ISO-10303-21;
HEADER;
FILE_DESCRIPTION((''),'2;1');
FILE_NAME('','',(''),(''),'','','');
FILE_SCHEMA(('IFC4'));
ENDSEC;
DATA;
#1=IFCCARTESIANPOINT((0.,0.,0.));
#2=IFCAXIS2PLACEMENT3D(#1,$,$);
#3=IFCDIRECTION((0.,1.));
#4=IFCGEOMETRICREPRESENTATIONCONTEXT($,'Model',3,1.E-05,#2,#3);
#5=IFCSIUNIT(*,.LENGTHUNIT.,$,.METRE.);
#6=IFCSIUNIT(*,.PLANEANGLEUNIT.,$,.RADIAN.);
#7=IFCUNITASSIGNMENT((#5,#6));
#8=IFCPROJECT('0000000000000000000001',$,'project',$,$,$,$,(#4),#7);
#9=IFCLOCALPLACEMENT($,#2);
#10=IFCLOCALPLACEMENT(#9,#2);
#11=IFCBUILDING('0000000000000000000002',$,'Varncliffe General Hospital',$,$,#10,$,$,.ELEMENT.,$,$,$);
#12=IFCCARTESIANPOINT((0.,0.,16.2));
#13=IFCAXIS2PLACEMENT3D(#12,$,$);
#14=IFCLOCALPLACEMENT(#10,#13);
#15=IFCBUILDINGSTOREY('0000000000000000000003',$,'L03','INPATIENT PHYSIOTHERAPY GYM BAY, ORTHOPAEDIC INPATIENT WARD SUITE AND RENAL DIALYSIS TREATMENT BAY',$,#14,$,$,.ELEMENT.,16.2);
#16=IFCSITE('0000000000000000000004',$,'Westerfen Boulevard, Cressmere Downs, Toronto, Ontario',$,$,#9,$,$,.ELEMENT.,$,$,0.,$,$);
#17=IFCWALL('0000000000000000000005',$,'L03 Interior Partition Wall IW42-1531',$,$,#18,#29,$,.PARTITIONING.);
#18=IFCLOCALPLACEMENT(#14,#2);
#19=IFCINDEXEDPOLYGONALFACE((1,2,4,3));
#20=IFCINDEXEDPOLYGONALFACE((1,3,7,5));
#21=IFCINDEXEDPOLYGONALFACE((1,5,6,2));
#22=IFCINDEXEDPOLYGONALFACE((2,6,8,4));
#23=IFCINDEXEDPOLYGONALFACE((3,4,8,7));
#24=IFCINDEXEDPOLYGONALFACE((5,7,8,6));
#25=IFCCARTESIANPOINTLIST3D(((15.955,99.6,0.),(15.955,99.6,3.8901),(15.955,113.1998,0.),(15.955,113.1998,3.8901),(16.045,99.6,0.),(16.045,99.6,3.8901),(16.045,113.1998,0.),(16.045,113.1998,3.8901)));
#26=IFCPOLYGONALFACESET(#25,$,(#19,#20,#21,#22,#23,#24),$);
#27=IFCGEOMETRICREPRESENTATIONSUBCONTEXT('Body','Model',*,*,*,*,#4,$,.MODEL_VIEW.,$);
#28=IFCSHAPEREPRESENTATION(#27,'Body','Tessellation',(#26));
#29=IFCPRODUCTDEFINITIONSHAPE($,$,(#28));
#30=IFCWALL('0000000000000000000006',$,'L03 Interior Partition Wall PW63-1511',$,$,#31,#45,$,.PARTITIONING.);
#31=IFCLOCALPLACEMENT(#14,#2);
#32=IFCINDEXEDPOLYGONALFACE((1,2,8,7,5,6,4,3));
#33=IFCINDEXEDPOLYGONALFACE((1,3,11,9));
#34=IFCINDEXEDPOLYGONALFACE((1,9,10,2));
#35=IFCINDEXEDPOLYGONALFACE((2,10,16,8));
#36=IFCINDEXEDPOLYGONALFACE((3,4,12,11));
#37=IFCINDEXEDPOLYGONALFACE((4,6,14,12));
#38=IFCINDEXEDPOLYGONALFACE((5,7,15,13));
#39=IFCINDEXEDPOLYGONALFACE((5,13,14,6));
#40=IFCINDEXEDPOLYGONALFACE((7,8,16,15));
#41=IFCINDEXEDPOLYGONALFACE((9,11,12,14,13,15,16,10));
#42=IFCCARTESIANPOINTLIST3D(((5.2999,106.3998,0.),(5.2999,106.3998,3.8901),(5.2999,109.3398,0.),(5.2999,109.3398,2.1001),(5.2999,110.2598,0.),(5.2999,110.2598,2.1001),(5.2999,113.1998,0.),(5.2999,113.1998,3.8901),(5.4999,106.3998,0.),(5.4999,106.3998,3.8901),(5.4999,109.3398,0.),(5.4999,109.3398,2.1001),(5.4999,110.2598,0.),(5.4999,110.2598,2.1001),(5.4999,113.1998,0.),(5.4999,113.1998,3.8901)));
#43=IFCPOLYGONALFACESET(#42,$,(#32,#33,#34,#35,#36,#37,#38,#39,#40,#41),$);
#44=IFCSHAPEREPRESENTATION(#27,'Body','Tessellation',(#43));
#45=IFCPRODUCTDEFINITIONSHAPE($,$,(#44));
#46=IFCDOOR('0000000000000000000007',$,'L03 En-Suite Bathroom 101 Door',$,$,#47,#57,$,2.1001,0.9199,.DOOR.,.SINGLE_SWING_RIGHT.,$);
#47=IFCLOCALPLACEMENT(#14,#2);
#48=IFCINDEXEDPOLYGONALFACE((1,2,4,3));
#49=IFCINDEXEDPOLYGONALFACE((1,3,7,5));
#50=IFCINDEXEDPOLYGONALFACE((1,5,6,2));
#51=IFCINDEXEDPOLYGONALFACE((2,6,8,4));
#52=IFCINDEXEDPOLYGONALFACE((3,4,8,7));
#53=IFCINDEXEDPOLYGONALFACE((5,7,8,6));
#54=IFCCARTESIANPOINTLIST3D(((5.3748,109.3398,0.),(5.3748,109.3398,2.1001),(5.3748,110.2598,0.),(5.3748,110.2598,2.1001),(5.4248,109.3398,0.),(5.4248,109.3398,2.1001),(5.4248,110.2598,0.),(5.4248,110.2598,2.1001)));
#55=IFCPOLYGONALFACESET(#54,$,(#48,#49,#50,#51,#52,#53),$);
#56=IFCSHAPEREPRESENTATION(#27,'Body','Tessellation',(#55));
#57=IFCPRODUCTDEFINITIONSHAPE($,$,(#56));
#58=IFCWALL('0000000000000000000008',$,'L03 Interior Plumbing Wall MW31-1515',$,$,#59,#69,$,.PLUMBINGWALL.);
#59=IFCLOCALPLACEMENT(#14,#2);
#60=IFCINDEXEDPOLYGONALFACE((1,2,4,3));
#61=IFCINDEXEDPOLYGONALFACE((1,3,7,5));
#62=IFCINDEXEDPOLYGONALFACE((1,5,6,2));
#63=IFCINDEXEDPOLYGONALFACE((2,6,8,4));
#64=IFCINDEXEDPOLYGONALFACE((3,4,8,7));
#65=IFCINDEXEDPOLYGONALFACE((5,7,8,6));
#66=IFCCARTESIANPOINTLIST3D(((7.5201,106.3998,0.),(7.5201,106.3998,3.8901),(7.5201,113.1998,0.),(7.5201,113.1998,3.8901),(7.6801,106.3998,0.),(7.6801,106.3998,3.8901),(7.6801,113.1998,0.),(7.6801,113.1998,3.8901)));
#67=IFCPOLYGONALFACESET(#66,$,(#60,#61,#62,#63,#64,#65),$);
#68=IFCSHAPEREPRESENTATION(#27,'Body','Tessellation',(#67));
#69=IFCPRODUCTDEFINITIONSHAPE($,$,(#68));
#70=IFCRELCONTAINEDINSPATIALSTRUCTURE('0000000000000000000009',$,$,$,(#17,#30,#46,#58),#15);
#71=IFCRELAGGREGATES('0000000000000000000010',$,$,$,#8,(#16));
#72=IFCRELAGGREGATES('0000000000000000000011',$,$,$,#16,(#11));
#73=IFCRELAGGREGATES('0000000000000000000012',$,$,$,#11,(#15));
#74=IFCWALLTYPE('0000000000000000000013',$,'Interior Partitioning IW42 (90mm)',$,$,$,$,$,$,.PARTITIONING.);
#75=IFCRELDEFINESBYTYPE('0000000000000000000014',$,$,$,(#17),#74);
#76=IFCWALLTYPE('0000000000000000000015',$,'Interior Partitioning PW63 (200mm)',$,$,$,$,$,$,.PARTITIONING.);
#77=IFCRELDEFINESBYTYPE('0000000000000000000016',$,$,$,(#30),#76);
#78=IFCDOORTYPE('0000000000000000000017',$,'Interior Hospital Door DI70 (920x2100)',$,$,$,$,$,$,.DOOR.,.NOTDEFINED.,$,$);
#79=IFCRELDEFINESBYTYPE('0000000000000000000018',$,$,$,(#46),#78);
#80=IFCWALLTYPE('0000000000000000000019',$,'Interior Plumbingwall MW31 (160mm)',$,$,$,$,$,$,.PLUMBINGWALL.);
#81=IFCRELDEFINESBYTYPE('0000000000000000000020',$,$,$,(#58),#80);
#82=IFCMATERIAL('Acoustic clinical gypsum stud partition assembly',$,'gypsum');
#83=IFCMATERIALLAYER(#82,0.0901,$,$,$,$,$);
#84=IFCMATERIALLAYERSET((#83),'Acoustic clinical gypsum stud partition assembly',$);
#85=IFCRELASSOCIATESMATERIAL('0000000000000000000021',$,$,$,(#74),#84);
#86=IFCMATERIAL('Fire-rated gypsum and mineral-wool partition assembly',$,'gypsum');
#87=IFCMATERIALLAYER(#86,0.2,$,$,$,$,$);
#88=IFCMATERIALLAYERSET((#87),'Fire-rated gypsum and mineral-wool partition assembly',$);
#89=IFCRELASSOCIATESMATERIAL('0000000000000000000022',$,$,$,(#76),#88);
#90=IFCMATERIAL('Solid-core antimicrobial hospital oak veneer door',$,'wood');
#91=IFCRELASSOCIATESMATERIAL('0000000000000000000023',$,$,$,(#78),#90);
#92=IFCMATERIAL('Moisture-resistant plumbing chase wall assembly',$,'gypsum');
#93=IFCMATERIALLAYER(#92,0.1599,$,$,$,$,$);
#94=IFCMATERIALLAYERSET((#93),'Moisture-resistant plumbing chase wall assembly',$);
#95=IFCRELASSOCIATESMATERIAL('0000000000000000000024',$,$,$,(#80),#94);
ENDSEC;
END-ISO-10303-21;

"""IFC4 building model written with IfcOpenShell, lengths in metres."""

from ifc_helpers import new_model, si_unit, direction, frame, frame_2d, origin, place, context, subcontext, project, spatial, rectangle, extrude, material, layer, layer_set, type_object, element, fill, save


model = new_model("IFC4")

# Units and contexts
model_context = context("Model", 3, precision=1e-05, world=origin(), true_north=direction((0.0, 1.0)))
body_context = subcontext(model_context, "Body", "Model", "MODEL_VIEW")
ifc_project = project(units=[si_unit("LENGTHUNIT", "METRE"), si_unit("PLANEANGLEUNIT", "RADIAN")], contexts=[model_context])

# Site, building, storey
site_placement = place(None, origin())
site = spatial("IfcSite", under=ifc_project, at=site_placement, Name="Westerfen Boulevard, Cressmere Downs, Toronto, Ontario", CompositionType="ELEMENT", RefElevation=0.0)
building_placement = place(site_placement, origin())
building = spatial("IfcBuilding", under=site, at=building_placement, Name="Varncliffe General Hospital", CompositionType="ELEMENT")
storey_placement = place(building_placement, frame((0.0, 0.0, 16.2)))
storey = spatial("IfcBuildingStorey", under=building, at=storey_placement, Name="L03", Description="INPATIENT PHYSIOTHERAPY GYM BAY, ORTHOPAEDIC INPATIENT WARD SUITE AND RENAL DIALYSIS TREATMENT BAY", CompositionType="ELEMENT", Elevation=16.2)

# Wall
ifc_material_1 = material(Name="Acoustic clinical gypsum stud partition assembly", Category="gypsum")
ifc_layer_1 = layer(ifc_material_1, 0.0901)
ifc_layer_set_1 = layer_set([ifc_layer_1], Name="Acoustic clinical gypsum stud partition assembly")
wall_type_1 = type_object("IfcWallType", Name="Interior Partitioning IW42 (90mm)", PredefinedType="PARTITIONING", material=ifc_layer_set_1)
wall_1_placement = place(storey_placement, frame((16.0, 99.6001, 0.0), z_axis=(0.0, 0.0, 1.0), x_axis=(0.0, 1.0, 0.0)))
element("IfcWall", 1, at=wall_1_placement, inside=storey, type_object=wall_type_1, Name="L03 Interior Partition Wall IW42-1531", PredefinedType="PARTITIONING", context=body_context, shape_type="SweptSolid", body=[
    extrude(rectangle(XDim=13.5999, YDim=0.0901, at=frame_2d((6.7998, 0.0))), origin(), (0.0, 0.0, 1.0), 3.8901),
])

# Wall, opening, door
ifc_material_2 = material(Name="Fire-rated gypsum and mineral-wool partition assembly", Category="gypsum")
ifc_layer_2 = layer(ifc_material_2, 0.2)
ifc_layer_set_2 = layer_set([ifc_layer_2], Name="Fire-rated gypsum and mineral-wool partition assembly")
wall_type_2 = type_object("IfcWallType", Name="Interior Partitioning PW63 (200mm)", PredefinedType="PARTITIONING", material=ifc_layer_set_2)
wall_2_placement = place(storey_placement, frame((5.3999, 106.3999, 0.0), z_axis=(0.0, 0.0, 1.0), x_axis=(0.0, 1.0, 0.0)))
wall_2 = element("IfcWall", 2, at=wall_2_placement, inside=storey, type_object=wall_type_2, Name="L03 Interior Partition Wall PW63-1511", PredefinedType="PARTITIONING", context=body_context, shape_type="SweptSolid", body=[
    extrude(rectangle(XDim=6.8, YDim=0.2, at=frame_2d((3.3999, 0.0))), origin(), (0.0, 0.0, 1.0), 3.8901),
])
opening_placement = place(wall_2_placement, frame((2.9399, 0.0, 0.0)))
opening = element("IfcOpeningElement", 3, at=opening_placement, cuts=wall_2, PredefinedType="OPENING", context=body_context, shape_type="SweptSolid", body=[
    extrude(rectangle(XDim=0.9199, YDim=2.1001, at=frame_2d((0.46, 1.05))), frame((0.0, 0.1099, 0.0), z_axis=(0.0, -1.0, 0.0), x_axis=(1.0, 0.0, 0.0)), (0.0, 0.0, 1.0), 0.22),
])
ifc_material_3 = material(Name="Solid-core antimicrobial hospital oak veneer door", Category="wood")
door_type = type_object("IfcDoorType", Name="Interior Hospital Door DI70 (920x2100)", OperationType="NOTDEFINED", PredefinedType="DOOR", material=ifc_material_3)
door_placement = place(opening_placement, frame((0.9199, 0.0, 0.0), z_axis=(0.0, 0.0, 1.0), x_axis=(-1.0, 0.0, 0.0)))
door = element("IfcDoor", 4, at=door_placement, inside=storey, type_object=door_type, Name="L03 En-Suite Bathroom 101 Door", OperationType="SINGLE_SWING_RIGHT", OverallHeight=2.1001, OverallWidth=0.9199, PredefinedType="DOOR", context=body_context, shape_type="SweptSolid", body=[
    extrude(rectangle(XDim=0.9199, YDim=2.1001, at=frame_2d((0.46, 1.05))), frame((0.0, 0.0249, 0.0), z_axis=(0.0, -1.0, 0.0), x_axis=(1.0, 0.0, 0.0)), (0.0, 0.0, 1.0), 0.05),
])
fill(opening, door)

# Wall
ifc_material_4 = material(Name="Moisture-resistant plumbing chase wall assembly", Category="gypsum")
ifc_layer_3 = layer(ifc_material_4, 0.1599)
ifc_layer_set_3 = layer_set([ifc_layer_3], Name="Moisture-resistant plumbing chase wall assembly")
wall_type_3 = type_object("IfcWallType", Name="Interior Plumbingwall MW31 (160mm)", PredefinedType="PLUMBINGWALL", material=ifc_layer_set_3)
wall_3_placement = place(storey_placement, frame((7.6001, 106.3999, 0.0), z_axis=(0.0, 0.0, 1.0), x_axis=(0.0, 1.0, 0.0)))
element("IfcWall", 5, at=wall_3_placement, inside=storey, type_object=wall_type_3, Name="L03 Interior Plumbing Wall MW31-1515", PredefinedType="PLUMBINGWALL", context=body_context, shape_type="SweptSolid", body=[
    extrude(rectangle(XDim=6.8, YDim=0.1599, at=frame_2d((3.3999, 0.0))), origin(), (0.0, 0.0, 1.0), 3.8901),
])

save(model, "model.ifc")
